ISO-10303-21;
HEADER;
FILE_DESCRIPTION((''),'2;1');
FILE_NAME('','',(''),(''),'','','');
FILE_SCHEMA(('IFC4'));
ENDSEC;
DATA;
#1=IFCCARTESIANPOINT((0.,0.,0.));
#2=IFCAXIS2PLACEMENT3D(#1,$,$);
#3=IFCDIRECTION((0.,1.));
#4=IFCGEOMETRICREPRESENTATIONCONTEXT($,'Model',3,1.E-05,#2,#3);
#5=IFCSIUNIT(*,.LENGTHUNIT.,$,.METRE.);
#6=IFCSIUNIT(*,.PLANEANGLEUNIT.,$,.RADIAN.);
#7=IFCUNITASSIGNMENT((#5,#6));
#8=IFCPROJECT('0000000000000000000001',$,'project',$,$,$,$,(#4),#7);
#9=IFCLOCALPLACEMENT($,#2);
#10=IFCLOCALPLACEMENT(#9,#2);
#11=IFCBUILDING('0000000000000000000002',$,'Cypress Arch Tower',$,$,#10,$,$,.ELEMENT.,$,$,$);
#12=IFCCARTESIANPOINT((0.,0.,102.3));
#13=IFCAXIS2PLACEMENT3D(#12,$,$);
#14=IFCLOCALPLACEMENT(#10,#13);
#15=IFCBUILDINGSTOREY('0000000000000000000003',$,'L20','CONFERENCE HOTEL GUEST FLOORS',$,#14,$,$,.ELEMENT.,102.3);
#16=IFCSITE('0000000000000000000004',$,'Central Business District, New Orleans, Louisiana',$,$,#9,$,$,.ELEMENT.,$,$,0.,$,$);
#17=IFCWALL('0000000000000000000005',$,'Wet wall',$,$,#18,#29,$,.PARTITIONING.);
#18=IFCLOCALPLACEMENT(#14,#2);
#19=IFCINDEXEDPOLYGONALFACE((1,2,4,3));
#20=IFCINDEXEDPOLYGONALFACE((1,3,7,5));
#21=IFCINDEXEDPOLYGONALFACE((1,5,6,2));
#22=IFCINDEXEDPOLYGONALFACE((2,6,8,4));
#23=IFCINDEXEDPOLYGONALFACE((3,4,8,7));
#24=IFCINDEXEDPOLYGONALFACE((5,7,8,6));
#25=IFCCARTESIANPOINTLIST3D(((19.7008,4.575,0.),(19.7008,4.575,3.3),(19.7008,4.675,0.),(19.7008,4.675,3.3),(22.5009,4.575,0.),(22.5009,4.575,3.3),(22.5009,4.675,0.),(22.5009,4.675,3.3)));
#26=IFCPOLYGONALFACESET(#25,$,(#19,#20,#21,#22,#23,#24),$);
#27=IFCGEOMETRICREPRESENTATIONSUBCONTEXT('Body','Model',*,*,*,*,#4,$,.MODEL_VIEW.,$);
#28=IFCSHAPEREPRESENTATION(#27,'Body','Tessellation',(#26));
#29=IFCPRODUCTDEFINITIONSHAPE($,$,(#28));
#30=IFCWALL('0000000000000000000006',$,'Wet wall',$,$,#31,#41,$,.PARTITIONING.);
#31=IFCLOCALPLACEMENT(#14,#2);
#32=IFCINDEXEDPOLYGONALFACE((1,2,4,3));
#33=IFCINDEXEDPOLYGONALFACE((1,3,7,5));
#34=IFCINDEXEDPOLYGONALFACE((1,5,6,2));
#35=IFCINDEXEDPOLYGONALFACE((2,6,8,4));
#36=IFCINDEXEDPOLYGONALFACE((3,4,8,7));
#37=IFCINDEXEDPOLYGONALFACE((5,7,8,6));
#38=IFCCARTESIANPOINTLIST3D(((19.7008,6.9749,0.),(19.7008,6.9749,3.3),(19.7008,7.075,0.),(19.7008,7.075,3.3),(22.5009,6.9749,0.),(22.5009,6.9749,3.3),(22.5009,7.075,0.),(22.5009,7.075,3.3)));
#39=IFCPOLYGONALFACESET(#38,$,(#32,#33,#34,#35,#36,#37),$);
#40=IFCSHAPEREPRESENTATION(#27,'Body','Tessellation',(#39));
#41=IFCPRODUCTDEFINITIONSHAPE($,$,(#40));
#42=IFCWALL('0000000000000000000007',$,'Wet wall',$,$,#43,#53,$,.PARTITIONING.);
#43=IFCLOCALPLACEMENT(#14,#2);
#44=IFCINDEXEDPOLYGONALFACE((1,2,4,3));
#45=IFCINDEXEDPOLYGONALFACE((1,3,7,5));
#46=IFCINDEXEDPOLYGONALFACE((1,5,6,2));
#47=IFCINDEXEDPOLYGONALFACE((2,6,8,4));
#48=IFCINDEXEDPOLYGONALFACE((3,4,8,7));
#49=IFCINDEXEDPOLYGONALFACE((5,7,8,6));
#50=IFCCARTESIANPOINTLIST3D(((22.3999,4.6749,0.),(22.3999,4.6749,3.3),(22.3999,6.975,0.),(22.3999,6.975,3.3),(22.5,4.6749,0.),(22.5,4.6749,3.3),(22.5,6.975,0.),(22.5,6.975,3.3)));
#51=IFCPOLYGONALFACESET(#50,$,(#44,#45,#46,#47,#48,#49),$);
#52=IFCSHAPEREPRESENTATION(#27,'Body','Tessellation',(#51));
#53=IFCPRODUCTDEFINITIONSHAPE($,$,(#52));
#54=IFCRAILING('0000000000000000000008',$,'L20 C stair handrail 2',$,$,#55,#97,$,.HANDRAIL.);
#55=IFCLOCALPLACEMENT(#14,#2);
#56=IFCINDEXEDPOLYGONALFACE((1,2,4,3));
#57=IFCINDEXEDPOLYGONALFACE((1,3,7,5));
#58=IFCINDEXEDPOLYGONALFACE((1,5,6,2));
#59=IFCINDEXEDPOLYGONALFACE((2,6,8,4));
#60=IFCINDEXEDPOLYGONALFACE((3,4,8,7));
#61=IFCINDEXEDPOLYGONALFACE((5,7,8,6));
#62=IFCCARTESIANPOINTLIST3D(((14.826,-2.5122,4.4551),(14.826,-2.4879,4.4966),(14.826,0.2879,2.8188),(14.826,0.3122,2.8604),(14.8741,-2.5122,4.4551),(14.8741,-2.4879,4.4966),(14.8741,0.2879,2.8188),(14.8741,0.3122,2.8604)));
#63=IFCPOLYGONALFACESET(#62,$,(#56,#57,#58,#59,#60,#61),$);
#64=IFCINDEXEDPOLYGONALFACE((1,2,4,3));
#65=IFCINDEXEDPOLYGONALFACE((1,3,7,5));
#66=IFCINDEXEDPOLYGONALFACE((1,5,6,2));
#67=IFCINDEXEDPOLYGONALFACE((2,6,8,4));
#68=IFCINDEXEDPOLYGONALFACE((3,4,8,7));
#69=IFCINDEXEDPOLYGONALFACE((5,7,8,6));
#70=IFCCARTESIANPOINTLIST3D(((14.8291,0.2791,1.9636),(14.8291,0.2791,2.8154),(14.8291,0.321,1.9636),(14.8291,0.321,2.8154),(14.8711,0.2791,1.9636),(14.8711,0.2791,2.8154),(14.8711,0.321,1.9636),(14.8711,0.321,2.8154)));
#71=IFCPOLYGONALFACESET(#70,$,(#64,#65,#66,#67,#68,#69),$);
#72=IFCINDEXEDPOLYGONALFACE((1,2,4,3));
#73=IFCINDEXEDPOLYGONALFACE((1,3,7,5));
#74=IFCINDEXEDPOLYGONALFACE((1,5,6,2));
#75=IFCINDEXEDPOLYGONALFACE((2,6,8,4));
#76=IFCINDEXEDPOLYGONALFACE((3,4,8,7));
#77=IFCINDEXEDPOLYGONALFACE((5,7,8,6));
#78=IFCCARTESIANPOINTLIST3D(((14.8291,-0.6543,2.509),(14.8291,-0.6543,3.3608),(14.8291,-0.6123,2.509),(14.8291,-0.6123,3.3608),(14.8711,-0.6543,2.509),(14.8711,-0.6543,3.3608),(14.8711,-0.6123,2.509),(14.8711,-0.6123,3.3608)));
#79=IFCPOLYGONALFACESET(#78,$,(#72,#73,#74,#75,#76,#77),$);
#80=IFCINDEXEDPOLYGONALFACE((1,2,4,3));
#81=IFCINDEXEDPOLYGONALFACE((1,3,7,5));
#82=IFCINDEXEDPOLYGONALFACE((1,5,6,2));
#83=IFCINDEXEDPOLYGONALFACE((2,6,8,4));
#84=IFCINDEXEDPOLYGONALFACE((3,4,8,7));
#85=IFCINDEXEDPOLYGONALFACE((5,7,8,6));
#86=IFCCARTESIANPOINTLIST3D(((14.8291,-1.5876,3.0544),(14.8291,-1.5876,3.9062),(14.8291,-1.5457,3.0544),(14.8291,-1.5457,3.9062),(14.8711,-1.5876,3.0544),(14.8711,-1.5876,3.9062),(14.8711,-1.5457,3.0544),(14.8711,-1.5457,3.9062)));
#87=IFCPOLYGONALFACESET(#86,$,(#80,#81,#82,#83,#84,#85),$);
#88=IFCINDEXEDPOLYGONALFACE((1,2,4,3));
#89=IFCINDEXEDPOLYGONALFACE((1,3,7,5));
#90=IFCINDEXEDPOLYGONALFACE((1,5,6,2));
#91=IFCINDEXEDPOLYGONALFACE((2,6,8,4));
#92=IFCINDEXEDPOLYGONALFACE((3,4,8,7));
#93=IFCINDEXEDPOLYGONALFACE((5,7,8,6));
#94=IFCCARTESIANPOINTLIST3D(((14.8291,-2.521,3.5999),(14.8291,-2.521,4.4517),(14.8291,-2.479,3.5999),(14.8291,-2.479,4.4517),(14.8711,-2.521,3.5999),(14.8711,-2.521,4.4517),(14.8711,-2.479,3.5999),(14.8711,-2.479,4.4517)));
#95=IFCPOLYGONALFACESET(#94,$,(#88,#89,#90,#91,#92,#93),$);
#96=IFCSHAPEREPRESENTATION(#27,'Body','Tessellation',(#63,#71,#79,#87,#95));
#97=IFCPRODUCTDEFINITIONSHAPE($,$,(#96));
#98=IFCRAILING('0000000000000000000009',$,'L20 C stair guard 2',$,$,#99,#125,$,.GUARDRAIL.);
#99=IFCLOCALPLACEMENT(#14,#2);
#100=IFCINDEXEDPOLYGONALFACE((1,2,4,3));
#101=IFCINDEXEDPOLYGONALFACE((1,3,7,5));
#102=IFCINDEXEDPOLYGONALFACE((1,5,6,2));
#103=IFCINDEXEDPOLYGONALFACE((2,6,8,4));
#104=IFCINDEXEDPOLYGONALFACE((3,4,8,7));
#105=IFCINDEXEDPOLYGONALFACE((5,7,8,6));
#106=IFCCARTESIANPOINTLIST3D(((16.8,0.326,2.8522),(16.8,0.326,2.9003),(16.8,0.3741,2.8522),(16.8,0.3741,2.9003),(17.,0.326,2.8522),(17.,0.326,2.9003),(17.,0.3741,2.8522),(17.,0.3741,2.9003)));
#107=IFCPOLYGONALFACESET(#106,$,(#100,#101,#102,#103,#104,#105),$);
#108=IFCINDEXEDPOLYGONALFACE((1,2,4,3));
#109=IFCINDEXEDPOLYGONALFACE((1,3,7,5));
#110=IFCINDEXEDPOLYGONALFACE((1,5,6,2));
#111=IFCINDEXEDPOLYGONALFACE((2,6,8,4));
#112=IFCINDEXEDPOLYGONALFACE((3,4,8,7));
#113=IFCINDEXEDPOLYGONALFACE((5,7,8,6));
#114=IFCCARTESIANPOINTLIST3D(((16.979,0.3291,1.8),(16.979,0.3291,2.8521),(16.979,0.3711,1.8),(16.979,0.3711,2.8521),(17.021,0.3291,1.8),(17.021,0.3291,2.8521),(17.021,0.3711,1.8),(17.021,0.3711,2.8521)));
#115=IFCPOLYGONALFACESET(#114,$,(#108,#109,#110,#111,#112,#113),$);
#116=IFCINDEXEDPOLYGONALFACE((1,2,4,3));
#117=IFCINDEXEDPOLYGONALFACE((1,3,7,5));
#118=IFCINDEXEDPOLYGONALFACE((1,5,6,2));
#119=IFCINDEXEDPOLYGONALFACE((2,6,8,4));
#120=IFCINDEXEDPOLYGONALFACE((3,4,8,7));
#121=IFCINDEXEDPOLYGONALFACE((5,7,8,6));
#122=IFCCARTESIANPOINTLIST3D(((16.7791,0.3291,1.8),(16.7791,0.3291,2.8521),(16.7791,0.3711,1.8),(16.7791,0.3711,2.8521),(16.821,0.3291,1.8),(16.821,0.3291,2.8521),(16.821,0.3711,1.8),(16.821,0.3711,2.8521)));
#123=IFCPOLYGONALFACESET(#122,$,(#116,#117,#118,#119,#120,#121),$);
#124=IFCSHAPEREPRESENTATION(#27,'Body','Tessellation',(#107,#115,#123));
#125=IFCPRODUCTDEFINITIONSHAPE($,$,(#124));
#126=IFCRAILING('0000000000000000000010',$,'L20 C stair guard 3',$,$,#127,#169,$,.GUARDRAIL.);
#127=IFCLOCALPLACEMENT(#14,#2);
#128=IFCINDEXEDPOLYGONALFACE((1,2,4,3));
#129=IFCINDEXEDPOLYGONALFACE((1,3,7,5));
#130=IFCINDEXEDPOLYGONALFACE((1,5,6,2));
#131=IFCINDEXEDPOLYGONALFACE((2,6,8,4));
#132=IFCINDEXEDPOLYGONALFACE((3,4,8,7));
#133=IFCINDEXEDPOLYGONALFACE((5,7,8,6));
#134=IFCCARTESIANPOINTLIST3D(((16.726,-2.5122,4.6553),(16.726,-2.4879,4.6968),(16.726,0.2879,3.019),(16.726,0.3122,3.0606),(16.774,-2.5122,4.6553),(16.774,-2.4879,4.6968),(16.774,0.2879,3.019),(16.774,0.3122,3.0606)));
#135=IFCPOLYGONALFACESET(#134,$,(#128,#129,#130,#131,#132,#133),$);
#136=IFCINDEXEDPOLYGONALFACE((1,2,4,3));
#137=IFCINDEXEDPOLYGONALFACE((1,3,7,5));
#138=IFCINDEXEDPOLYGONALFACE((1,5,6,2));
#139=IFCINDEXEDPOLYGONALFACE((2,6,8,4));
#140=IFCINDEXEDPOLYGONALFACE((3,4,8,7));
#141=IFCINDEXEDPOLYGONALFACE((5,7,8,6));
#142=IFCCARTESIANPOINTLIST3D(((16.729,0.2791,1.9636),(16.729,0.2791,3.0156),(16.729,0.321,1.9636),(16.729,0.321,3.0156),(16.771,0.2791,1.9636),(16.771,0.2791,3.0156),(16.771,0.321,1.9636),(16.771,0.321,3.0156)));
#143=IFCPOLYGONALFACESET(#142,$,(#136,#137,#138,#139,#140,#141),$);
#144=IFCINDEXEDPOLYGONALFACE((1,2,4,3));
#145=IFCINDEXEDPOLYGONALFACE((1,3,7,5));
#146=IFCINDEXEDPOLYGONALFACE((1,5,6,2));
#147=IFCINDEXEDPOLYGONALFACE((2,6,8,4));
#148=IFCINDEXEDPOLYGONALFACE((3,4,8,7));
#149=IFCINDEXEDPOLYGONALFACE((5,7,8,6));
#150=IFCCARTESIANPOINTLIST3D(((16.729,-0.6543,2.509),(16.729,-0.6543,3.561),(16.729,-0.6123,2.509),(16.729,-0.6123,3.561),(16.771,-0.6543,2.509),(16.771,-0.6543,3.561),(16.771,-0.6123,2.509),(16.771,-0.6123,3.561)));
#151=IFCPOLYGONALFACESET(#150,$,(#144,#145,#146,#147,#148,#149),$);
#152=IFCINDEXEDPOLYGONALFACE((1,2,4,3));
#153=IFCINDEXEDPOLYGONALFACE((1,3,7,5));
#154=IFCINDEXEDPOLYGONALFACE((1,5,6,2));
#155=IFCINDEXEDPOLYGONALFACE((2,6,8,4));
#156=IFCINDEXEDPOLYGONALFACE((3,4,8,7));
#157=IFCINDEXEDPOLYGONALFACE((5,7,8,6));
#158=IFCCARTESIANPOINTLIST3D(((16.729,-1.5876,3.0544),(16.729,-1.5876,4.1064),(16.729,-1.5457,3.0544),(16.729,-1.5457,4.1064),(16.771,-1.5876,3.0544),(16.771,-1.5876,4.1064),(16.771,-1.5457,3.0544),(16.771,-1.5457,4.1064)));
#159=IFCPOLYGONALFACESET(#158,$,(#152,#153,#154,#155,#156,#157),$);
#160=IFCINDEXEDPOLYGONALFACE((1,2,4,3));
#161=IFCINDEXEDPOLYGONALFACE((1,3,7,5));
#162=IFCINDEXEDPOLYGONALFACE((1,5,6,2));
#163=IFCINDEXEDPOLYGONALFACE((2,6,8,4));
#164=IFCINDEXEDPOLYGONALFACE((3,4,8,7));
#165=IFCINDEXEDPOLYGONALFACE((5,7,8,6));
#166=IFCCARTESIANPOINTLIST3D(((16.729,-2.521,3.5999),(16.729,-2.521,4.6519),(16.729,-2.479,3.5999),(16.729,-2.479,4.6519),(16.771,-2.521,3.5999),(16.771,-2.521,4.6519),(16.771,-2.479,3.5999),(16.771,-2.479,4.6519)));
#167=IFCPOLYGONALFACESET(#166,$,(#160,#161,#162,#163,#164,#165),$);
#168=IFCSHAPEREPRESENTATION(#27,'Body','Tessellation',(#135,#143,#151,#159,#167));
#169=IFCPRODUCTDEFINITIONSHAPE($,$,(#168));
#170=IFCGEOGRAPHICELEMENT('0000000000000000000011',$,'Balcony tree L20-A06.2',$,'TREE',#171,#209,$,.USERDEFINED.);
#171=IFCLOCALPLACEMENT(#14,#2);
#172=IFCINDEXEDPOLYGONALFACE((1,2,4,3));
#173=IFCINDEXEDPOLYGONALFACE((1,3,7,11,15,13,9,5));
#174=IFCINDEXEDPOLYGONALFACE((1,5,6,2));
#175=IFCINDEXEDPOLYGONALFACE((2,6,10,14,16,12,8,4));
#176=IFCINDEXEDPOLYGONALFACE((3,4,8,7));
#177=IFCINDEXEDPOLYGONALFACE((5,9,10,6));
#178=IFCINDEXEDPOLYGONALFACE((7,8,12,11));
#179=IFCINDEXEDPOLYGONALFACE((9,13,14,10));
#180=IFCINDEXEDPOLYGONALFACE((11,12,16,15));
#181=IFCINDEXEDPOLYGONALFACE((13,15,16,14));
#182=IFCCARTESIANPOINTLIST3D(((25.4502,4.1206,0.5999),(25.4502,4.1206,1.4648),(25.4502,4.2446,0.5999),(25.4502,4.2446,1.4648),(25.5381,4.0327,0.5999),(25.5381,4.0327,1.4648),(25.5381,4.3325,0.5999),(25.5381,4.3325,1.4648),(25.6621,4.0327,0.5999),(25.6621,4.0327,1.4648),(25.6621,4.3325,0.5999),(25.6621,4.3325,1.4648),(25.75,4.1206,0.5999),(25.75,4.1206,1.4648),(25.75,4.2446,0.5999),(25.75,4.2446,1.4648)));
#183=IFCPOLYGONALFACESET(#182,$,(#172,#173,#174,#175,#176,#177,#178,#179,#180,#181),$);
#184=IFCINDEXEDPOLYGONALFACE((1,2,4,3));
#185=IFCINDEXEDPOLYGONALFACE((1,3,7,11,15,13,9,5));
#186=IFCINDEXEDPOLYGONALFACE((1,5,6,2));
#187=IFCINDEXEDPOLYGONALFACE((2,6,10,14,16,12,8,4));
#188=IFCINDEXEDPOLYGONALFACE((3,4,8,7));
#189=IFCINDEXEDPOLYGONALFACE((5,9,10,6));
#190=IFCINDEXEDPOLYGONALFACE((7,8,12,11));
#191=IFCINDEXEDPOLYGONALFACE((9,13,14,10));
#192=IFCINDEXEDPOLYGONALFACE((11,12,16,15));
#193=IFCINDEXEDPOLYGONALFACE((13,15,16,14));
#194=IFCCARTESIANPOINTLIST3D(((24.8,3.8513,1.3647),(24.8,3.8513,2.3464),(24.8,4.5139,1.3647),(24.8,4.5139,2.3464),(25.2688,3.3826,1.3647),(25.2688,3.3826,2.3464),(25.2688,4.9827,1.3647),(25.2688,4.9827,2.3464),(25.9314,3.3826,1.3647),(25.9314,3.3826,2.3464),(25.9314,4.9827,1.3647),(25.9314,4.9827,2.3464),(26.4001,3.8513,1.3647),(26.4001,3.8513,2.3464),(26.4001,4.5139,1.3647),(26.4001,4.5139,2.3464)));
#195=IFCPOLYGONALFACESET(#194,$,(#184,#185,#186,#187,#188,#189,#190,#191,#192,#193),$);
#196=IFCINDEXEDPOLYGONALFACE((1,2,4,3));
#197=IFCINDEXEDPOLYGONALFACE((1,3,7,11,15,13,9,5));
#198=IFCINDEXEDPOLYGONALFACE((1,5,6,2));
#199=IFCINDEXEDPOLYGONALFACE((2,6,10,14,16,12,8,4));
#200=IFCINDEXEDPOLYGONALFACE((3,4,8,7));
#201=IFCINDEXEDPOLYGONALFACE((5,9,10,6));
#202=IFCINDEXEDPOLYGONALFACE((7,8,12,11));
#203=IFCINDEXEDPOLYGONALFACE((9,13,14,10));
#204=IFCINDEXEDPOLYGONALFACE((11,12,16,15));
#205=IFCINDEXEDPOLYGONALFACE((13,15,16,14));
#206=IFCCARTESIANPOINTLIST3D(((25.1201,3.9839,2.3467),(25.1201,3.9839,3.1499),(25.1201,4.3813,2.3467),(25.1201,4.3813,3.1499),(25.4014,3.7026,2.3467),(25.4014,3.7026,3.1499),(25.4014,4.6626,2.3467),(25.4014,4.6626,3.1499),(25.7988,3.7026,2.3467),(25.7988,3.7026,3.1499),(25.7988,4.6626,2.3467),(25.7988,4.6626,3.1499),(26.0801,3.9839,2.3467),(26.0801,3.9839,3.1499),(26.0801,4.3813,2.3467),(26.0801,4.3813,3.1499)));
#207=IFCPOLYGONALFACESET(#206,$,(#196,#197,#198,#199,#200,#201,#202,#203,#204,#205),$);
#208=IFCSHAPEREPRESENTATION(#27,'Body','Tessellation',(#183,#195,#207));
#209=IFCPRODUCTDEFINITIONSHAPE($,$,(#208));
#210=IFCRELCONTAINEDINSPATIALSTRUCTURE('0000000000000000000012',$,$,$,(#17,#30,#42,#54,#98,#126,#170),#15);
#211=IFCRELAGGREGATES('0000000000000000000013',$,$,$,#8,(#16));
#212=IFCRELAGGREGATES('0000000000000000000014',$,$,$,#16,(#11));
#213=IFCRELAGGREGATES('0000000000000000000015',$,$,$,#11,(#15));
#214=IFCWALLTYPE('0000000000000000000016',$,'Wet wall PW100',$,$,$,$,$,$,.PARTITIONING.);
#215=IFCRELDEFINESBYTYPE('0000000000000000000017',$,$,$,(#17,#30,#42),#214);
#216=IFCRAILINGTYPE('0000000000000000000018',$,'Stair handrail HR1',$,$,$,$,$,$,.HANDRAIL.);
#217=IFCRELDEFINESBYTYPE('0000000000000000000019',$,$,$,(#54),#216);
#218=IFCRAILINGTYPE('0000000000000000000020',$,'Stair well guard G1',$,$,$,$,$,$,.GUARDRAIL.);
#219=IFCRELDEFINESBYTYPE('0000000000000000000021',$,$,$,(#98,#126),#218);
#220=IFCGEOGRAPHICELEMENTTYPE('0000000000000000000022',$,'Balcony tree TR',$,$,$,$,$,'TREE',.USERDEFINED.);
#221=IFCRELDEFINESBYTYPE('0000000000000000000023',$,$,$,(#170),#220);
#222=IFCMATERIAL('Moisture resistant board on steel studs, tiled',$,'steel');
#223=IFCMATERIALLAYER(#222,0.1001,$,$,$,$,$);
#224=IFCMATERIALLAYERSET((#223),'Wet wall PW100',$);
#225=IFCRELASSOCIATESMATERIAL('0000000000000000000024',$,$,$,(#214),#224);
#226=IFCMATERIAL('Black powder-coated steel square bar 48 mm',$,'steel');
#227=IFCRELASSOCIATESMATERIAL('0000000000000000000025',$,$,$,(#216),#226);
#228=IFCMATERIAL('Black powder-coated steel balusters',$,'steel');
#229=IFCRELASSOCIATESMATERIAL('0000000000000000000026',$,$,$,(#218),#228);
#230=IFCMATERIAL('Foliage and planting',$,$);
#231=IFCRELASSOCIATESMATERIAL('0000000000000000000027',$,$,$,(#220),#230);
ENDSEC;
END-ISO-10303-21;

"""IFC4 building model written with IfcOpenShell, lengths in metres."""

from ifc_helpers import new_model, si_unit, direction, frame, frame_2d, origin, origin_2d, place, context, subcontext, project, spatial, polyline, rectangle, outline, extrude, material, layer, layer_set, type_object, element, save


model = new_model("IFC4")

# Units and contexts
model_context = context("Model", 3, precision=1e-05, world=origin(), true_north=direction((0.0, 1.0)))
body_context = subcontext(model_context, "Body", "Model", "MODEL_VIEW")
ifc_project = project(units=[si_unit("LENGTHUNIT", "METRE"), si_unit("PLANEANGLEUNIT", "RADIAN")], contexts=[model_context])

# Site, building, storey
site_placement = place(None, origin())
site = spatial("IfcSite", under=ifc_project, at=site_placement, Name="Central Business District, New Orleans, Louisiana", CompositionType="ELEMENT", RefElevation=0.0)
building_placement = place(site_placement, origin())
building = spatial("IfcBuilding", under=site, at=building_placement, Name="Cypress Arch Tower", CompositionType="ELEMENT")
storey_placement = place(building_placement, frame((0.0, 0.0, 102.3)))
storey = spatial("IfcBuildingStorey", under=building, at=storey_placement, Name="L20", Description="CONFERENCE HOTEL GUEST FLOORS", CompositionType="ELEMENT", Elevation=102.3)

# Shared definitions
ifc_material_1 = material(Name="Moisture resistant board on steel studs, tiled", Category="steel")
ifc_layer_1 = layer(ifc_material_1, 0.1001)
ifc_layer_set_1 = layer_set([ifc_layer_1], Name="Wet wall PW100")
wall_type_1 = type_object("IfcWallType", Name="Wet wall PW100", PredefinedType="PARTITIONING", material=ifc_layer_set_1)

# Walls
for number, where, z_axis, x_axis, name in (
    (1, (19.7009, 4.625, 0.0), (0.0, 0.0, 1.0), (1.0, 0.0, 0.0), "Wet wall"),
    (2, (19.7009, 7.0249, 0.0), (0.0, 0.0, 1.0), (1.0, 0.0, 0.0), "Wet wall"),
):
    element("IfcWall", number, at=place(storey_placement, frame(where, z_axis=z_axis, x_axis=x_axis)), inside=storey, type_object=wall_type_1, Name=name, PredefinedType="PARTITIONING", context=body_context, shape_type="SweptSolid", body=[
        extrude(rectangle(XDim=2.8, YDim=0.1001, at=frame_2d((1.3999, 0.0))), origin(), (0.0, 0.0, 1.0), 3.3),
    ])
wall_1_placement = place(storey_placement, frame((22.45, 4.675, 0.0), z_axis=(0.0, 0.0, 1.0), x_axis=(0.0, 1.0, 0.0)))
element("IfcWall", 3, at=wall_1_placement, inside=storey, type_object=wall_type_1, Name="Wet wall", PredefinedType="PARTITIONING", context=body_context, shape_type="SweptSolid", body=[
    extrude(rectangle(XDim=2.3, YDim=0.1001, at=frame_2d((1.1499, 0.0))), origin(), (0.0, 0.0, 1.0), 3.3),
])

# Railings
ifc_material_2 = material(Name="Black powder-coated steel square bar 48 mm", Category="steel")
railing_type_1 = type_object("IfcRailingType", Name="Stair handrail HR1", PredefinedType="HANDRAIL", material=ifc_material_2)
railing_1_placement = place(storey_placement, frame((14.8501, 0.3, 1.9636)))
element("IfcRailing", 4, at=railing_1_placement, inside=storey, type_object=railing_type_1, Name="L20 C stair handrail 2", PredefinedType="HANDRAIL", context=body_context, shape_type="SweptSolid", body=[
    extrude(rectangle(XDim=0.0481, YDim=0.0481, at=origin_2d()), frame((0.0, 0.0, 0.876), z_axis=(0.0, -0.863394, 0.504531), x_axis=(1.0, 0.0, 0.0)), (0.0, 0.0, 1.0), 3.2432),
    extrude(rectangle(XDim=0.042, YDim=0.042, at=origin_2d()), origin(), (0.0, 0.0, 1.0), 0.8518),
    extrude(rectangle(XDim=0.042, YDim=0.042, at=origin_2d()), frame((0.0, -0.9333, 0.5454)), (0.0, 0.0, 1.0), 0.8518),
    extrude(rectangle(XDim=0.042, YDim=0.042, at=origin_2d()), frame((0.0, -1.8667, 1.0908)), (0.0, 0.0, 1.0), 0.8518),
    extrude(rectangle(XDim=0.042, YDim=0.042, at=origin_2d()), frame((0.0, -2.8, 1.6362)), (0.0, 0.0, 1.0), 0.8518),
])
ifc_material_3 = material(Name="Black powder-coated steel balusters", Category="steel")
railing_type_2 = type_object("IfcRailingType", Name="Stair well guard G1", PredefinedType="GUARDRAIL", material=ifc_material_3)
railing_2_placement = place(storey_placement, frame((17.0, 0.3501, 1.8)))
element("IfcRailing", 5, at=railing_2_placement, inside=storey, type_object=railing_type_2, Name="L20 C stair guard 2", PredefinedType="GUARDRAIL", context=body_context, shape_type="SweptSolid", body=[
    extrude(rectangle(XDim=0.0481, YDim=0.0481, at=origin_2d()), frame((0.0, 0.0, 1.0762), z_axis=(-1.0, 0.0, 0.0), x_axis=(0.0, -1.0, 0.0)), (0.0, 0.0, 1.0), 0.2),
    extrude(rectangle(XDim=0.042, YDim=0.042, at=origin_2d()), origin(), (0.0, 0.0, 1.0), 1.052),
    extrude(rectangle(XDim=0.042, YDim=0.042, at=origin_2d()), frame((-0.2, 0.0, 0.0)), (0.0, 0.0, 1.0), 1.052),
])
railing_3_placement = place(storey_placement, frame((16.75, 0.3, 1.9636)))
element("IfcRailing", 6, at=railing_3_placement, inside=storey, type_object=railing_type_2, Name="L20 C stair guard 3", PredefinedType="GUARDRAIL", context=body_context, shape_type="SweptSolid", body=[
    extrude(rectangle(XDim=0.0481, YDim=0.0481, at=origin_2d()), frame((0.0, 0.0, 1.0762), z_axis=(0.0, -0.863394, 0.504531), x_axis=(1.0, 0.0, 0.0)), (0.0, 0.0, 1.0), 3.2432),
    extrude(rectangle(XDim=0.042, YDim=0.042, at=origin_2d()), origin(), (0.0, 0.0, 1.0), 1.052),
    extrude(rectangle(XDim=0.042, YDim=0.042, at=origin_2d()), frame((0.0, -0.9333, 0.5454)), (0.0, 0.0, 1.0), 1.052),
    extrude(rectangle(XDim=0.042, YDim=0.042, at=origin_2d()), frame((0.0, -1.8667, 1.0908)), (0.0, 0.0, 1.0), 1.052),
    extrude(rectangle(XDim=0.042, YDim=0.042, at=origin_2d()), frame((0.0, -2.8, 1.6362)), (0.0, 0.0, 1.0), 1.052),
])

# Geographic element
ifc_material_4 = material(Name="Foliage and planting")
geographic_element_type = type_object("IfcGeographicElementType", Name="Balcony tree TR", ElementType="TREE", PredefinedType="USERDEFINED", material=ifc_material_4)
for number, where, z_axis, x_axis, name in (
    (7, (25.6001, 4.1826, 0.5999), (0.0, 0.0, 1.0), (1.0, 0.0, 0.0), "Balcony tree L20-A06.2"),
):
    element("IfcGeographicElement", number, at=place(storey_placement, frame(where, z_axis=z_axis, x_axis=x_axis)), inside=storey, type_object=geographic_element_type, Name=name, ObjectType="TREE", PredefinedType="USERDEFINED", context=body_context, shape_type="SweptSolid", body=[
        extrude(outline(polyline([(0.1499, 0.062), (0.062, 0.1499), (-0.062, 0.1499), (-0.1499, 0.062), (-0.1499, -0.062), (-0.062, -0.1499), (0.062, -0.1499), (0.1499, -0.062), (0.1499, 0.062)])), origin(), (0.0, 0.0, 1.0), 0.865),
        extrude(outline(polyline([(0.8, 0.3313), (0.3313, 0.8), (-0.3313, 0.8), (-0.8, 0.3313), (-0.8, -0.3313), (-0.3313, -0.8), (0.3313, -0.8), (0.8, -0.3313), (0.8, 0.3313)])), frame((0.0, 0.0, 0.7649)), (0.0, 0.0, 1.0), 0.9817),
        extrude(outline(polyline([(0.48, 0.1987), (0.1987, 0.48), (-0.1987, 0.48), (-0.48, 0.1987), (-0.48, -0.1987), (-0.1987, -0.48), (0.1987, -0.48), (0.48, -0.1987), (0.48, 0.1987)])), frame((0.0, 0.0, 1.7468)), (0.0, 0.0, 1.0), 0.8032),
    ])

save(model, "model.ifc")
